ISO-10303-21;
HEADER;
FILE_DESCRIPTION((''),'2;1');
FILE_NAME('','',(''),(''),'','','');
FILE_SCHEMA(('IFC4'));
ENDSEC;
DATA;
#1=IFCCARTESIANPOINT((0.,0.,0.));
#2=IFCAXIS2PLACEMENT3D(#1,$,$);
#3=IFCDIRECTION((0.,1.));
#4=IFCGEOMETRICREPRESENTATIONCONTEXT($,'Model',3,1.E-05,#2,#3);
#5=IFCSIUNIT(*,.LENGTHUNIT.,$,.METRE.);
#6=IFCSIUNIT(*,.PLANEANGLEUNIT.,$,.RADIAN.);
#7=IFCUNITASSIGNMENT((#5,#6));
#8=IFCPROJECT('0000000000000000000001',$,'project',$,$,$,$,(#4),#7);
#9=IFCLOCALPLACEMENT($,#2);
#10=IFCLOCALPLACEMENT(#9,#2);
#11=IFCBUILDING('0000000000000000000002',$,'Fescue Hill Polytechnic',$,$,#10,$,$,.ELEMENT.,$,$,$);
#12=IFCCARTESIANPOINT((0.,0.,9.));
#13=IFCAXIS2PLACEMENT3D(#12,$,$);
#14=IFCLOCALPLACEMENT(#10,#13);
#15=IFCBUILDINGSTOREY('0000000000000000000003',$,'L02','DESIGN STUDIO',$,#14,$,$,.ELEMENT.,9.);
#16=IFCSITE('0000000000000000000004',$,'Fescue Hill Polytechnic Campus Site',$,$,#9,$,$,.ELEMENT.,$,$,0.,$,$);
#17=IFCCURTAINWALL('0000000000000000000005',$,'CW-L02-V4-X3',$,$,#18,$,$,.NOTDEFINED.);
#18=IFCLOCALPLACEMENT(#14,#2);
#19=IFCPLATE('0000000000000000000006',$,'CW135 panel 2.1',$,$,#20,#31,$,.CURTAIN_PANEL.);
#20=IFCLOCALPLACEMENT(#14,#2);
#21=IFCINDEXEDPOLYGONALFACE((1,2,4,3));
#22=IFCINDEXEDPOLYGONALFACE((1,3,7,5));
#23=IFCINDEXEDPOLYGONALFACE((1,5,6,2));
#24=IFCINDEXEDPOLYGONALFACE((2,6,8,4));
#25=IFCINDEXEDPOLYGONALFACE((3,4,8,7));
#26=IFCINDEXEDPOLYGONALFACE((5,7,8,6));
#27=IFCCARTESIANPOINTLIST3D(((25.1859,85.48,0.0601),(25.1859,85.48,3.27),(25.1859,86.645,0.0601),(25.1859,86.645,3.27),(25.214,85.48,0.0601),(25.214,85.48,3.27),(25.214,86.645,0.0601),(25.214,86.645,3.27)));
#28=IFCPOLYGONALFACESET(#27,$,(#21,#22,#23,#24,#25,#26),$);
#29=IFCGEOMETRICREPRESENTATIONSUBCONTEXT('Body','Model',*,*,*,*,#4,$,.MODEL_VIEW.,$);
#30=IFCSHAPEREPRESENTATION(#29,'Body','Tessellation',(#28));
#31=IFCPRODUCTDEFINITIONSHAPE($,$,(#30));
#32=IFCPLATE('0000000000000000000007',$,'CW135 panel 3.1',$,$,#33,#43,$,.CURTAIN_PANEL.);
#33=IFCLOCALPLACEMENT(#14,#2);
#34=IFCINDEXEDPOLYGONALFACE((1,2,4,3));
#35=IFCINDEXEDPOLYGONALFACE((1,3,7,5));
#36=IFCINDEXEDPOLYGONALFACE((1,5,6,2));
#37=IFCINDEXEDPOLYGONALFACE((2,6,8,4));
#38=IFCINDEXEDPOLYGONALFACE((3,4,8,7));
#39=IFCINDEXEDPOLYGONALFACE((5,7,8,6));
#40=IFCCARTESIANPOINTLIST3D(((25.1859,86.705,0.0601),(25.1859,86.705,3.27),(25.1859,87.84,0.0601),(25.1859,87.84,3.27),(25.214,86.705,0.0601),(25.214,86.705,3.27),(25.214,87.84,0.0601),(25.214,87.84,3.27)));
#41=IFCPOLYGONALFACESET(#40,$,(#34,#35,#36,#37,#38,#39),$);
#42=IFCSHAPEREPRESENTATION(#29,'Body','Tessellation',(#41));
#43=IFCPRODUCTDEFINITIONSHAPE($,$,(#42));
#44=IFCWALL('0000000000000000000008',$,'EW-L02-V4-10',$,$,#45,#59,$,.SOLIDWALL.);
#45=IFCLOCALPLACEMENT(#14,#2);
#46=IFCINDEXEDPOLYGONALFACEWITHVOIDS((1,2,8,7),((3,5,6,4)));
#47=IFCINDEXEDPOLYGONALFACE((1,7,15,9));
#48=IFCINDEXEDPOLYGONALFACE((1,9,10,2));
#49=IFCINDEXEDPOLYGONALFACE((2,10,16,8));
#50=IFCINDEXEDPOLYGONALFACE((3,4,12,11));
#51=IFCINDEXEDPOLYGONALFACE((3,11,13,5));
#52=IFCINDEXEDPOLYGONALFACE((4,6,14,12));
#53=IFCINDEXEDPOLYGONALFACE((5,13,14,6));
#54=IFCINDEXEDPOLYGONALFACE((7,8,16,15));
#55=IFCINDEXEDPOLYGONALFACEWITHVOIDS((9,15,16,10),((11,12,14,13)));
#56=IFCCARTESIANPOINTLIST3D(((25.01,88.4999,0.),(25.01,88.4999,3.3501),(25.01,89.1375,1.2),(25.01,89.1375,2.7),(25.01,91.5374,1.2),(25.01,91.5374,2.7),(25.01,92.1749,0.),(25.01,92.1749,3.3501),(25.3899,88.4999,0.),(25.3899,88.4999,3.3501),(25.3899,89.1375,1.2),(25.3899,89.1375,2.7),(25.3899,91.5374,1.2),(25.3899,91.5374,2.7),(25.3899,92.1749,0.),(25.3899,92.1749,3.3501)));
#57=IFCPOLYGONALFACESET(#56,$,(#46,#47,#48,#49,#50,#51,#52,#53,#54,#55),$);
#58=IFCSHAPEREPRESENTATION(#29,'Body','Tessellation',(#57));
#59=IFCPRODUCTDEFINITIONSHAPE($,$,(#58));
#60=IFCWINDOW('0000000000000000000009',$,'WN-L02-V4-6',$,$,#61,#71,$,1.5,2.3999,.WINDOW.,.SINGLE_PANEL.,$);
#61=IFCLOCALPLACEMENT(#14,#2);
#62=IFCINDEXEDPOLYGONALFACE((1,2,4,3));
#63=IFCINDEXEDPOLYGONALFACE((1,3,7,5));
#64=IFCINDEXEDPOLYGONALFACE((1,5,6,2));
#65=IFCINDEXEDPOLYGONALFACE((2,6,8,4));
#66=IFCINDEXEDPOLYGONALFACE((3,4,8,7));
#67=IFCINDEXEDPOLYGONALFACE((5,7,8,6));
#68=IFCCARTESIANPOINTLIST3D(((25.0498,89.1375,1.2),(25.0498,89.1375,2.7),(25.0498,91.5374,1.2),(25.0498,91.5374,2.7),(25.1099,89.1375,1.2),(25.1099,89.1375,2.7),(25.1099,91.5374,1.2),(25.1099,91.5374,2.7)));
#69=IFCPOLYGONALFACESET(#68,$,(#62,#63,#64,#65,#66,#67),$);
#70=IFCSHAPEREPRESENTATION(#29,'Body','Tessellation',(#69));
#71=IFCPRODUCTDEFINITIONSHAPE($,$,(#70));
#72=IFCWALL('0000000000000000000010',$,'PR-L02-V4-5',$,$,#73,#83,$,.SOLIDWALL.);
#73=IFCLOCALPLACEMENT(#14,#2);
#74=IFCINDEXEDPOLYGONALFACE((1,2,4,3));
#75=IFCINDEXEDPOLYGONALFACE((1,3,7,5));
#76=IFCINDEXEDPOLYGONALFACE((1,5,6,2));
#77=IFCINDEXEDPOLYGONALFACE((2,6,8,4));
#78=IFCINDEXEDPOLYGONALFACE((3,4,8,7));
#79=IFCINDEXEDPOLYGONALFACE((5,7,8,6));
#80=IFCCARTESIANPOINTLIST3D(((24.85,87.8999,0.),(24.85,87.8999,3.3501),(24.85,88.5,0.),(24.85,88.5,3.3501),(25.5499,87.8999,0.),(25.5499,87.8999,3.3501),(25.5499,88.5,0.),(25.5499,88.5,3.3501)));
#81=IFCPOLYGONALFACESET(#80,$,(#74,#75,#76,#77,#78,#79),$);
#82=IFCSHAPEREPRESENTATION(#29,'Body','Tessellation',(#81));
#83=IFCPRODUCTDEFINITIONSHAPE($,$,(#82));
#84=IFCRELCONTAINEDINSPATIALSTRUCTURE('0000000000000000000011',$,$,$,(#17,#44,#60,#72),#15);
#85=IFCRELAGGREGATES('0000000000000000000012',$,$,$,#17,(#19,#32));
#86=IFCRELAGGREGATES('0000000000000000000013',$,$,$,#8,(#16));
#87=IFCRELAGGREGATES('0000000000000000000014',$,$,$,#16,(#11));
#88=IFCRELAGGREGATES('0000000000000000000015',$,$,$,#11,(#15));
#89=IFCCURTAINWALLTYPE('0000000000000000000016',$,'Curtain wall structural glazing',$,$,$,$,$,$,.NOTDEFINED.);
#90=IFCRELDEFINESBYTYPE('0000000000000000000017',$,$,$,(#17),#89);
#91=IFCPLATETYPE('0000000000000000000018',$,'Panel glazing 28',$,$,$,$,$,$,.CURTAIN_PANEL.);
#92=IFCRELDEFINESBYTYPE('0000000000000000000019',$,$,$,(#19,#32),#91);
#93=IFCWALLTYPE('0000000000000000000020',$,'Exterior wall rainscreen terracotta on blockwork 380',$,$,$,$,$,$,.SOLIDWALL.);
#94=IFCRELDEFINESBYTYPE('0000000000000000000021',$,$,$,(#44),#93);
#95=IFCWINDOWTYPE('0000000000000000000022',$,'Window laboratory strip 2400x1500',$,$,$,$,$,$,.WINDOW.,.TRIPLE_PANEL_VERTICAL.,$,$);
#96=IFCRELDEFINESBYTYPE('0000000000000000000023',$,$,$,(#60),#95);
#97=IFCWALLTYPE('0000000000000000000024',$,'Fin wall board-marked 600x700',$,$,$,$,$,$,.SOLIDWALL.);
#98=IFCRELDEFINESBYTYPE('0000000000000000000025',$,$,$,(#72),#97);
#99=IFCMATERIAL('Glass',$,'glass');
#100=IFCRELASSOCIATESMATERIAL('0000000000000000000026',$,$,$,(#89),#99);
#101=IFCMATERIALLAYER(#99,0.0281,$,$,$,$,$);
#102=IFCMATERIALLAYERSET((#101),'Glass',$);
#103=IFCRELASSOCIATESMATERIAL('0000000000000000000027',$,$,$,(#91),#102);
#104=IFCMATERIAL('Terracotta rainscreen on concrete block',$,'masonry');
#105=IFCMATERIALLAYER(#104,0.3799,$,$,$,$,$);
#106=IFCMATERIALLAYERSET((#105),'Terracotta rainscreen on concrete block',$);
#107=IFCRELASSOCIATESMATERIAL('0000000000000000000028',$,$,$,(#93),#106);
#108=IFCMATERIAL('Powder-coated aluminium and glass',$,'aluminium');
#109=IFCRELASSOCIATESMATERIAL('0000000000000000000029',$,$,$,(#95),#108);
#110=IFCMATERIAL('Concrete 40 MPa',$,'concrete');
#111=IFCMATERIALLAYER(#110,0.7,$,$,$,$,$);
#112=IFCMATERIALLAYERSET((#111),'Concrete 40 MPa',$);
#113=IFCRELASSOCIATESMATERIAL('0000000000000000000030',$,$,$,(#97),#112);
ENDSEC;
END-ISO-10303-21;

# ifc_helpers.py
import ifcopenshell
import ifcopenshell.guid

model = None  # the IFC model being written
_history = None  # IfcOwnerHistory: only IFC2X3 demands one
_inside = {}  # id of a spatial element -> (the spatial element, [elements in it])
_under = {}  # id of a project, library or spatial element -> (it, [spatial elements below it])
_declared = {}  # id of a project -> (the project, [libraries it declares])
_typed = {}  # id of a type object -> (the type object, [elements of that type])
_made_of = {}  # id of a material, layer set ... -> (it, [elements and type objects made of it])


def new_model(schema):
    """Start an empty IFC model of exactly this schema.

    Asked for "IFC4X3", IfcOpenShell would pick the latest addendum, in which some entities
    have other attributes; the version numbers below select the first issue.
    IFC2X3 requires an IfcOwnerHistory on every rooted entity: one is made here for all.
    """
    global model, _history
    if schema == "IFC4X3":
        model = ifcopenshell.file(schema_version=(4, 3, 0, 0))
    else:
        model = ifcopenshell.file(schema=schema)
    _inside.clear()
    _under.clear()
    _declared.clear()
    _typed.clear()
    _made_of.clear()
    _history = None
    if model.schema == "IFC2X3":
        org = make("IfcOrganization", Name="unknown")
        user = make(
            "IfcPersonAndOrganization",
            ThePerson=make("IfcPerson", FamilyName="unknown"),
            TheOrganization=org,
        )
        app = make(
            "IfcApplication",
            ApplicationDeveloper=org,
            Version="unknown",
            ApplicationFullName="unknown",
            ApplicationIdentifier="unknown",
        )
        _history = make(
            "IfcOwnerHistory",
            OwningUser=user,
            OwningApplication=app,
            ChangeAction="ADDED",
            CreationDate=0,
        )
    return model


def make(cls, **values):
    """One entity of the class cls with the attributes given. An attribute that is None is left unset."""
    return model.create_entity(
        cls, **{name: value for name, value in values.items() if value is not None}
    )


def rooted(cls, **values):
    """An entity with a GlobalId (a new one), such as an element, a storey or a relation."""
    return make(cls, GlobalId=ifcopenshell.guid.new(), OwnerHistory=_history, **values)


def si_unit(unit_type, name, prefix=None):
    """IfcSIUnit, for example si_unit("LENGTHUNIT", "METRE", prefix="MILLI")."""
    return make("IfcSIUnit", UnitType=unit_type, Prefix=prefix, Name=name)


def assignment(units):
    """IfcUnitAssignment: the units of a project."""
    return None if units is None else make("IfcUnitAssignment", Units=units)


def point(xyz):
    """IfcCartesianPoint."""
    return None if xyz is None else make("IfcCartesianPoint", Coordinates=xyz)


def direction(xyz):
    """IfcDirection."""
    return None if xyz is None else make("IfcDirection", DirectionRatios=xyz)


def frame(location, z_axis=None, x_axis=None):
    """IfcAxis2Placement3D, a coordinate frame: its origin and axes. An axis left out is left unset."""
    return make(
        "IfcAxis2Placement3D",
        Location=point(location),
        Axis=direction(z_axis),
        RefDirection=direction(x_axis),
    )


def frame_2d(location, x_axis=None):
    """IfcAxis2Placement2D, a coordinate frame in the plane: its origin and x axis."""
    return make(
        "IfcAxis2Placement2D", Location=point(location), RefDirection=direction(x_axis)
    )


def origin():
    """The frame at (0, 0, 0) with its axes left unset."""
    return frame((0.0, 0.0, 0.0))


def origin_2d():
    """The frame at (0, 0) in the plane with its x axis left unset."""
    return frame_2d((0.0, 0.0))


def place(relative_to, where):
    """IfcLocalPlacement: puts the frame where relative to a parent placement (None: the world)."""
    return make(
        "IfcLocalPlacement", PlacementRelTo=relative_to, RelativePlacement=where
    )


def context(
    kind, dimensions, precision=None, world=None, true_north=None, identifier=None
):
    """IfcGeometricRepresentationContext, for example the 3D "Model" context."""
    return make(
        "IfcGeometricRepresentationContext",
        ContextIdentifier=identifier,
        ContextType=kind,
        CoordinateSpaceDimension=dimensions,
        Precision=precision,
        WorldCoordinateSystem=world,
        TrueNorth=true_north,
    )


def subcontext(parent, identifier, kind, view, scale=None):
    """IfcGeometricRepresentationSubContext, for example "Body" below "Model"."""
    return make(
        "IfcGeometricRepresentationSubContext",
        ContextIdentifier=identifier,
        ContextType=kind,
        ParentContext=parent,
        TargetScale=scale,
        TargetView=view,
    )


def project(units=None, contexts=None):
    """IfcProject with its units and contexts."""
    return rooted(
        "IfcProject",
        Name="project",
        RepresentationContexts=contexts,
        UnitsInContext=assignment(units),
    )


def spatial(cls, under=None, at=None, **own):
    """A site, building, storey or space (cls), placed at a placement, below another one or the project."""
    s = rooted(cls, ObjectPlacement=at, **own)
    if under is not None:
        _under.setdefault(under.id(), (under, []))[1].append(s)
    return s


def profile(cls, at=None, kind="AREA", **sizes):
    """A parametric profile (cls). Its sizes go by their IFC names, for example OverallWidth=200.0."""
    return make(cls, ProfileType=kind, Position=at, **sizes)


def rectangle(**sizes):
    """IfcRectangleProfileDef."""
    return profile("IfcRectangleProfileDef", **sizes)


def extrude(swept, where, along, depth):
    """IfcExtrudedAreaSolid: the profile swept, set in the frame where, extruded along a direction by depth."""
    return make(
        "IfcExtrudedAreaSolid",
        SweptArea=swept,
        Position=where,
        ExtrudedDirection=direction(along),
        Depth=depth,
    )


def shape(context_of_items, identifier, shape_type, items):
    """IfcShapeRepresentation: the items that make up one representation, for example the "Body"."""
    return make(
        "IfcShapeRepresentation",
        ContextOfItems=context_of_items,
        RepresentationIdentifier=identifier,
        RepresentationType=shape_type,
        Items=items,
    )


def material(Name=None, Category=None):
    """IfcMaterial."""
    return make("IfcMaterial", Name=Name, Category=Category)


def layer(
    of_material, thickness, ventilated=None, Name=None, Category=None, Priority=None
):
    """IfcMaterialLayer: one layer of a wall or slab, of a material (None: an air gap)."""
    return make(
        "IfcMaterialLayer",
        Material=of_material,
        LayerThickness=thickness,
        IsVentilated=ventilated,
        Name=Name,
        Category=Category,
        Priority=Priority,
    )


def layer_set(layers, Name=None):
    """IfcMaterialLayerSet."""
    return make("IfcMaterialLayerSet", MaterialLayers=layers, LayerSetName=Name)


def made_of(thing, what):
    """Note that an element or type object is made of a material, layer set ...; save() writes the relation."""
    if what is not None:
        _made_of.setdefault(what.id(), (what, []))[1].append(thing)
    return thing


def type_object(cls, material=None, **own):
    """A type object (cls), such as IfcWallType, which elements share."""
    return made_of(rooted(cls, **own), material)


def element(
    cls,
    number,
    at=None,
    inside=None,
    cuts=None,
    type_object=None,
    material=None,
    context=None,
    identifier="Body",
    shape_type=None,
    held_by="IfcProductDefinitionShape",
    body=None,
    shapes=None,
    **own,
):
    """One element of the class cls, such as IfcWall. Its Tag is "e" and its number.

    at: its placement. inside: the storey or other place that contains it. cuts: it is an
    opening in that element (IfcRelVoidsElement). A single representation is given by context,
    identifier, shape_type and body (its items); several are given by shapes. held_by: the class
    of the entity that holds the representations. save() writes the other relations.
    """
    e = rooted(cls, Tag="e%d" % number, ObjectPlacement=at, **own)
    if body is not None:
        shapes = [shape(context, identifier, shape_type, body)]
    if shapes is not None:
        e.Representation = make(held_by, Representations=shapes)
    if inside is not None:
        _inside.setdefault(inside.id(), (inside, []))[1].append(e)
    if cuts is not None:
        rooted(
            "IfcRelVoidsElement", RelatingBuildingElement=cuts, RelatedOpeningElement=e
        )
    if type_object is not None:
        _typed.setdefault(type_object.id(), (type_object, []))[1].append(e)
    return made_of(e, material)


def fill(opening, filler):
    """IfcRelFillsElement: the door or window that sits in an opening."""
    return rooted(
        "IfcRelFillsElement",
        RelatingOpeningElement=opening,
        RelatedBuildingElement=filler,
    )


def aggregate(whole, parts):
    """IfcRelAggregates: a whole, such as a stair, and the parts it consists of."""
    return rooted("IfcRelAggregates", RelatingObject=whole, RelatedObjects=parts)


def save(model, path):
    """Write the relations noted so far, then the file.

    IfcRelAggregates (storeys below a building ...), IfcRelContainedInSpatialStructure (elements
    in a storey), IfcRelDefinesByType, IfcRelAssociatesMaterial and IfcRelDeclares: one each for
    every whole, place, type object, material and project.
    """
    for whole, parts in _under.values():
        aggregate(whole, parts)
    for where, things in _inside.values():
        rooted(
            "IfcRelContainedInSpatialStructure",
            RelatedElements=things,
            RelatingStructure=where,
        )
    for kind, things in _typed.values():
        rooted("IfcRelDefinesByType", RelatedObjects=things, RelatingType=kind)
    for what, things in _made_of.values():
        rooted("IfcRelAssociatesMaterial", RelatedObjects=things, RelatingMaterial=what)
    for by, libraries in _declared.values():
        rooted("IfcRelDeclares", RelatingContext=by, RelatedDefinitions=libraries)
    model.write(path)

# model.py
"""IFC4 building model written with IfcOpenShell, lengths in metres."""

from ifc_helpers import new_model, si_unit, direction, frame, frame_2d, origin, origin_2d, place, context, subcontext, project, spatial, rectangle, extrude, material, layer, layer_set, type_object, element, fill, aggregate, save


model = new_model("IFC4")

# Units and contexts
model_context = context("Model", 3, precision=1e-05, world=origin(), true_north=direction((0.0, 1.0)))
body_context = subcontext(model_context, "Body", "Model", "MODEL_VIEW")
ifc_project = project(units=[si_unit("LENGTHUNIT", "METRE"), si_unit("PLANEANGLEUNIT", "RADIAN")], contexts=[model_context])

# Site, building, storey
site_placement = place(None, origin())
site = spatial("IfcSite", under=ifc_project, at=site_placement, Name="Fescue Hill Polytechnic Campus Site", CompositionType="ELEMENT", RefElevation=0.0)
building_placement = place(site_placement, origin())
building = spatial("IfcBuilding", under=site, at=building_placement, Name="Fescue Hill Polytechnic", CompositionType="ELEMENT")
storey_placement = place(building_placement, frame((0.0, 0.0, 9.0)))
storey = spatial("IfcBuildingStorey", under=building, at=storey_placement, Name="L02", Description="DESIGN STUDIO", CompositionType="ELEMENT", Elevation=9.0)

# Shared definitions
ifc_material_1 = material(Name="Concrete 40 MPa", Category="concrete")

# Curtain wall, plates
ifc_material_2 = material(Name="Glass", Category="glass")
curtain_wall_type = type_object("IfcCurtainWallType", Name="Curtain wall structural glazing", PredefinedType="NOTDEFINED", material=ifc_material_2)
curtain_wall_placement = place(storey_placement, origin())
curtain_wall = element("IfcCurtainWall", 1, at=curtain_wall_placement, inside=storey, type_object=curtain_wall_type, Name="CW-L02-V4-X3", PredefinedType="NOTDEFINED")
ifc_layer_1 = layer(ifc_material_2, 0.0281)
ifc_layer_set_1 = layer_set([ifc_layer_1], Name="Glass")
plate_type = type_object("IfcPlateType", Name="Panel glazing 28", PredefinedType="CURTAIN_PANEL", material=ifc_layer_set_1)
plate_1_placement = place(storey_placement, frame((25.2, 86.0625, 0.0601), z_axis=(0.0, 0.0, 1.0), x_axis=(0.0, 1.0, 0.0)))
plate_1 = element("IfcPlate", 2, at=plate_1_placement, type_object=plate_type, Name="CW135 panel 2.1", PredefinedType="CURTAIN_PANEL", context=body_context, shape_type="SweptSolid", body=[
    extrude(rectangle(XDim=1.165, YDim=0.0281, at=origin_2d()), origin(), (0.0, 0.0, 1.0), 3.21),
])
plate_2_placement = place(storey_placement, frame((25.2, 87.2725, 0.0601), z_axis=(0.0, 0.0, 1.0), x_axis=(0.0, 1.0, 0.0)))
plate_2 = element("IfcPlate", 3, at=plate_2_placement, type_object=plate_type, Name="CW135 panel 3.1", PredefinedType="CURTAIN_PANEL", context=body_context, shape_type="SweptSolid", body=[
    extrude(rectangle(XDim=1.135, YDim=0.0281, at=origin_2d()), origin(), (0.0, 0.0, 1.0), 3.21),
])
aggregate(curtain_wall, [plate_1, plate_2])

# Wall, opening, window
ifc_material_3 = material(Name="Terracotta rainscreen on concrete block", Category="masonry")
ifc_layer_2 = layer(ifc_material_3, 0.3799)
ifc_layer_set_2 = layer_set([ifc_layer_2], Name="Terracotta rainscreen on concrete block")
wall_type_1 = type_object("IfcWallType", Name="Exterior wall rainscreen terracotta on blockwork 380", PredefinedType="SOLIDWALL", material=ifc_layer_set_2)
wall_1_placement = place(storey_placement, frame((25.2, 88.5, 0.0), z_axis=(0.0, 0.0, 1.0), x_axis=(0.0, 1.0, 0.0)))
wall_1 = element("IfcWall", 4, at=wall_1_placement, inside=storey, type_object=wall_type_1, Name="EW-L02-V4-10", PredefinedType="SOLIDWALL", context=body_context, shape_type="SweptSolid", body=[
    extrude(rectangle(XDim=3.675, YDim=0.3799, at=frame_2d((1.8374, 0.0))), origin(), (0.0, 0.0, 1.0), 3.3501),
])
opening_placement = place(wall_1_placement, frame((0.6375, 0.0, 1.2)))
opening = element("IfcOpeningElement", 5, at=opening_placement, cuts=wall_1, PredefinedType="OPENING", context=body_context, shape_type="SweptSolid", body=[
    extrude(rectangle(XDim=2.3999, YDim=1.5, at=frame_2d((1.2, 0.75))), frame((0.0, 0.2, 0.0), z_axis=(0.0, -1.0, 0.0), x_axis=(1.0, 0.0, 0.0)), (0.0, 0.0, 1.0), 0.3999),
])
ifc_material_4 = material(Name="Powder-coated aluminium and glass", Category="aluminium")
window_type = type_object("IfcWindowType", Name="Window laboratory strip 2400x1500", PartitioningType="TRIPLE_PANEL_VERTICAL", PredefinedType="WINDOW", material=ifc_material_4)
window_placement = place(opening_placement, origin())
window = element("IfcWindow", 6, at=window_placement, inside=storey, type_object=window_type, Name="WN-L02-V4-6", OverallHeight=1.5, OverallWidth=2.3999, PartitioningType="SINGLE_PANEL", PredefinedType="WINDOW", context=body_context, shape_type="SweptSolid", body=[
    extrude(rectangle(XDim=2.3999, YDim=1.5, at=frame_2d((1.2, 0.75))), frame((0.0, 0.1501, 0.0), z_axis=(0.0, -1.0, 0.0), x_axis=(1.0, 0.0, 0.0)), (0.0, 0.0, 1.0), 0.0601),
])
fill(opening, window)

# Wall
ifc_layer_3 = layer(ifc_material_1, 0.7)
ifc_layer_set_3 = layer_set([ifc_layer_3], Name="Concrete 40 MPa")
wall_type_2 = type_object("IfcWallType", Name="Fin wall board-marked 600x700", PredefinedType="SOLIDWALL", material=ifc_layer_set_3)
wall_2_placement = place(storey_placement, frame((25.2, 87.8999, 0.0), z_axis=(0.0, 0.0, 1.0), x_axis=(0.0, 1.0, 0.0)))
element("IfcWall", 7, at=wall_2_placement, inside=storey, type_object=wall_type_2, Name="PR-L02-V4-5", PredefinedType="SOLIDWALL", context=body_context, shape_type="SweptSolid", body=[
    extrude(rectangle(XDim=0.6001, YDim=0.7, at=frame_2d((0.3, 0.0))), origin(), (0.0, 0.0, 1.0), 3.3501),
])

save(model, "model.ifc")
